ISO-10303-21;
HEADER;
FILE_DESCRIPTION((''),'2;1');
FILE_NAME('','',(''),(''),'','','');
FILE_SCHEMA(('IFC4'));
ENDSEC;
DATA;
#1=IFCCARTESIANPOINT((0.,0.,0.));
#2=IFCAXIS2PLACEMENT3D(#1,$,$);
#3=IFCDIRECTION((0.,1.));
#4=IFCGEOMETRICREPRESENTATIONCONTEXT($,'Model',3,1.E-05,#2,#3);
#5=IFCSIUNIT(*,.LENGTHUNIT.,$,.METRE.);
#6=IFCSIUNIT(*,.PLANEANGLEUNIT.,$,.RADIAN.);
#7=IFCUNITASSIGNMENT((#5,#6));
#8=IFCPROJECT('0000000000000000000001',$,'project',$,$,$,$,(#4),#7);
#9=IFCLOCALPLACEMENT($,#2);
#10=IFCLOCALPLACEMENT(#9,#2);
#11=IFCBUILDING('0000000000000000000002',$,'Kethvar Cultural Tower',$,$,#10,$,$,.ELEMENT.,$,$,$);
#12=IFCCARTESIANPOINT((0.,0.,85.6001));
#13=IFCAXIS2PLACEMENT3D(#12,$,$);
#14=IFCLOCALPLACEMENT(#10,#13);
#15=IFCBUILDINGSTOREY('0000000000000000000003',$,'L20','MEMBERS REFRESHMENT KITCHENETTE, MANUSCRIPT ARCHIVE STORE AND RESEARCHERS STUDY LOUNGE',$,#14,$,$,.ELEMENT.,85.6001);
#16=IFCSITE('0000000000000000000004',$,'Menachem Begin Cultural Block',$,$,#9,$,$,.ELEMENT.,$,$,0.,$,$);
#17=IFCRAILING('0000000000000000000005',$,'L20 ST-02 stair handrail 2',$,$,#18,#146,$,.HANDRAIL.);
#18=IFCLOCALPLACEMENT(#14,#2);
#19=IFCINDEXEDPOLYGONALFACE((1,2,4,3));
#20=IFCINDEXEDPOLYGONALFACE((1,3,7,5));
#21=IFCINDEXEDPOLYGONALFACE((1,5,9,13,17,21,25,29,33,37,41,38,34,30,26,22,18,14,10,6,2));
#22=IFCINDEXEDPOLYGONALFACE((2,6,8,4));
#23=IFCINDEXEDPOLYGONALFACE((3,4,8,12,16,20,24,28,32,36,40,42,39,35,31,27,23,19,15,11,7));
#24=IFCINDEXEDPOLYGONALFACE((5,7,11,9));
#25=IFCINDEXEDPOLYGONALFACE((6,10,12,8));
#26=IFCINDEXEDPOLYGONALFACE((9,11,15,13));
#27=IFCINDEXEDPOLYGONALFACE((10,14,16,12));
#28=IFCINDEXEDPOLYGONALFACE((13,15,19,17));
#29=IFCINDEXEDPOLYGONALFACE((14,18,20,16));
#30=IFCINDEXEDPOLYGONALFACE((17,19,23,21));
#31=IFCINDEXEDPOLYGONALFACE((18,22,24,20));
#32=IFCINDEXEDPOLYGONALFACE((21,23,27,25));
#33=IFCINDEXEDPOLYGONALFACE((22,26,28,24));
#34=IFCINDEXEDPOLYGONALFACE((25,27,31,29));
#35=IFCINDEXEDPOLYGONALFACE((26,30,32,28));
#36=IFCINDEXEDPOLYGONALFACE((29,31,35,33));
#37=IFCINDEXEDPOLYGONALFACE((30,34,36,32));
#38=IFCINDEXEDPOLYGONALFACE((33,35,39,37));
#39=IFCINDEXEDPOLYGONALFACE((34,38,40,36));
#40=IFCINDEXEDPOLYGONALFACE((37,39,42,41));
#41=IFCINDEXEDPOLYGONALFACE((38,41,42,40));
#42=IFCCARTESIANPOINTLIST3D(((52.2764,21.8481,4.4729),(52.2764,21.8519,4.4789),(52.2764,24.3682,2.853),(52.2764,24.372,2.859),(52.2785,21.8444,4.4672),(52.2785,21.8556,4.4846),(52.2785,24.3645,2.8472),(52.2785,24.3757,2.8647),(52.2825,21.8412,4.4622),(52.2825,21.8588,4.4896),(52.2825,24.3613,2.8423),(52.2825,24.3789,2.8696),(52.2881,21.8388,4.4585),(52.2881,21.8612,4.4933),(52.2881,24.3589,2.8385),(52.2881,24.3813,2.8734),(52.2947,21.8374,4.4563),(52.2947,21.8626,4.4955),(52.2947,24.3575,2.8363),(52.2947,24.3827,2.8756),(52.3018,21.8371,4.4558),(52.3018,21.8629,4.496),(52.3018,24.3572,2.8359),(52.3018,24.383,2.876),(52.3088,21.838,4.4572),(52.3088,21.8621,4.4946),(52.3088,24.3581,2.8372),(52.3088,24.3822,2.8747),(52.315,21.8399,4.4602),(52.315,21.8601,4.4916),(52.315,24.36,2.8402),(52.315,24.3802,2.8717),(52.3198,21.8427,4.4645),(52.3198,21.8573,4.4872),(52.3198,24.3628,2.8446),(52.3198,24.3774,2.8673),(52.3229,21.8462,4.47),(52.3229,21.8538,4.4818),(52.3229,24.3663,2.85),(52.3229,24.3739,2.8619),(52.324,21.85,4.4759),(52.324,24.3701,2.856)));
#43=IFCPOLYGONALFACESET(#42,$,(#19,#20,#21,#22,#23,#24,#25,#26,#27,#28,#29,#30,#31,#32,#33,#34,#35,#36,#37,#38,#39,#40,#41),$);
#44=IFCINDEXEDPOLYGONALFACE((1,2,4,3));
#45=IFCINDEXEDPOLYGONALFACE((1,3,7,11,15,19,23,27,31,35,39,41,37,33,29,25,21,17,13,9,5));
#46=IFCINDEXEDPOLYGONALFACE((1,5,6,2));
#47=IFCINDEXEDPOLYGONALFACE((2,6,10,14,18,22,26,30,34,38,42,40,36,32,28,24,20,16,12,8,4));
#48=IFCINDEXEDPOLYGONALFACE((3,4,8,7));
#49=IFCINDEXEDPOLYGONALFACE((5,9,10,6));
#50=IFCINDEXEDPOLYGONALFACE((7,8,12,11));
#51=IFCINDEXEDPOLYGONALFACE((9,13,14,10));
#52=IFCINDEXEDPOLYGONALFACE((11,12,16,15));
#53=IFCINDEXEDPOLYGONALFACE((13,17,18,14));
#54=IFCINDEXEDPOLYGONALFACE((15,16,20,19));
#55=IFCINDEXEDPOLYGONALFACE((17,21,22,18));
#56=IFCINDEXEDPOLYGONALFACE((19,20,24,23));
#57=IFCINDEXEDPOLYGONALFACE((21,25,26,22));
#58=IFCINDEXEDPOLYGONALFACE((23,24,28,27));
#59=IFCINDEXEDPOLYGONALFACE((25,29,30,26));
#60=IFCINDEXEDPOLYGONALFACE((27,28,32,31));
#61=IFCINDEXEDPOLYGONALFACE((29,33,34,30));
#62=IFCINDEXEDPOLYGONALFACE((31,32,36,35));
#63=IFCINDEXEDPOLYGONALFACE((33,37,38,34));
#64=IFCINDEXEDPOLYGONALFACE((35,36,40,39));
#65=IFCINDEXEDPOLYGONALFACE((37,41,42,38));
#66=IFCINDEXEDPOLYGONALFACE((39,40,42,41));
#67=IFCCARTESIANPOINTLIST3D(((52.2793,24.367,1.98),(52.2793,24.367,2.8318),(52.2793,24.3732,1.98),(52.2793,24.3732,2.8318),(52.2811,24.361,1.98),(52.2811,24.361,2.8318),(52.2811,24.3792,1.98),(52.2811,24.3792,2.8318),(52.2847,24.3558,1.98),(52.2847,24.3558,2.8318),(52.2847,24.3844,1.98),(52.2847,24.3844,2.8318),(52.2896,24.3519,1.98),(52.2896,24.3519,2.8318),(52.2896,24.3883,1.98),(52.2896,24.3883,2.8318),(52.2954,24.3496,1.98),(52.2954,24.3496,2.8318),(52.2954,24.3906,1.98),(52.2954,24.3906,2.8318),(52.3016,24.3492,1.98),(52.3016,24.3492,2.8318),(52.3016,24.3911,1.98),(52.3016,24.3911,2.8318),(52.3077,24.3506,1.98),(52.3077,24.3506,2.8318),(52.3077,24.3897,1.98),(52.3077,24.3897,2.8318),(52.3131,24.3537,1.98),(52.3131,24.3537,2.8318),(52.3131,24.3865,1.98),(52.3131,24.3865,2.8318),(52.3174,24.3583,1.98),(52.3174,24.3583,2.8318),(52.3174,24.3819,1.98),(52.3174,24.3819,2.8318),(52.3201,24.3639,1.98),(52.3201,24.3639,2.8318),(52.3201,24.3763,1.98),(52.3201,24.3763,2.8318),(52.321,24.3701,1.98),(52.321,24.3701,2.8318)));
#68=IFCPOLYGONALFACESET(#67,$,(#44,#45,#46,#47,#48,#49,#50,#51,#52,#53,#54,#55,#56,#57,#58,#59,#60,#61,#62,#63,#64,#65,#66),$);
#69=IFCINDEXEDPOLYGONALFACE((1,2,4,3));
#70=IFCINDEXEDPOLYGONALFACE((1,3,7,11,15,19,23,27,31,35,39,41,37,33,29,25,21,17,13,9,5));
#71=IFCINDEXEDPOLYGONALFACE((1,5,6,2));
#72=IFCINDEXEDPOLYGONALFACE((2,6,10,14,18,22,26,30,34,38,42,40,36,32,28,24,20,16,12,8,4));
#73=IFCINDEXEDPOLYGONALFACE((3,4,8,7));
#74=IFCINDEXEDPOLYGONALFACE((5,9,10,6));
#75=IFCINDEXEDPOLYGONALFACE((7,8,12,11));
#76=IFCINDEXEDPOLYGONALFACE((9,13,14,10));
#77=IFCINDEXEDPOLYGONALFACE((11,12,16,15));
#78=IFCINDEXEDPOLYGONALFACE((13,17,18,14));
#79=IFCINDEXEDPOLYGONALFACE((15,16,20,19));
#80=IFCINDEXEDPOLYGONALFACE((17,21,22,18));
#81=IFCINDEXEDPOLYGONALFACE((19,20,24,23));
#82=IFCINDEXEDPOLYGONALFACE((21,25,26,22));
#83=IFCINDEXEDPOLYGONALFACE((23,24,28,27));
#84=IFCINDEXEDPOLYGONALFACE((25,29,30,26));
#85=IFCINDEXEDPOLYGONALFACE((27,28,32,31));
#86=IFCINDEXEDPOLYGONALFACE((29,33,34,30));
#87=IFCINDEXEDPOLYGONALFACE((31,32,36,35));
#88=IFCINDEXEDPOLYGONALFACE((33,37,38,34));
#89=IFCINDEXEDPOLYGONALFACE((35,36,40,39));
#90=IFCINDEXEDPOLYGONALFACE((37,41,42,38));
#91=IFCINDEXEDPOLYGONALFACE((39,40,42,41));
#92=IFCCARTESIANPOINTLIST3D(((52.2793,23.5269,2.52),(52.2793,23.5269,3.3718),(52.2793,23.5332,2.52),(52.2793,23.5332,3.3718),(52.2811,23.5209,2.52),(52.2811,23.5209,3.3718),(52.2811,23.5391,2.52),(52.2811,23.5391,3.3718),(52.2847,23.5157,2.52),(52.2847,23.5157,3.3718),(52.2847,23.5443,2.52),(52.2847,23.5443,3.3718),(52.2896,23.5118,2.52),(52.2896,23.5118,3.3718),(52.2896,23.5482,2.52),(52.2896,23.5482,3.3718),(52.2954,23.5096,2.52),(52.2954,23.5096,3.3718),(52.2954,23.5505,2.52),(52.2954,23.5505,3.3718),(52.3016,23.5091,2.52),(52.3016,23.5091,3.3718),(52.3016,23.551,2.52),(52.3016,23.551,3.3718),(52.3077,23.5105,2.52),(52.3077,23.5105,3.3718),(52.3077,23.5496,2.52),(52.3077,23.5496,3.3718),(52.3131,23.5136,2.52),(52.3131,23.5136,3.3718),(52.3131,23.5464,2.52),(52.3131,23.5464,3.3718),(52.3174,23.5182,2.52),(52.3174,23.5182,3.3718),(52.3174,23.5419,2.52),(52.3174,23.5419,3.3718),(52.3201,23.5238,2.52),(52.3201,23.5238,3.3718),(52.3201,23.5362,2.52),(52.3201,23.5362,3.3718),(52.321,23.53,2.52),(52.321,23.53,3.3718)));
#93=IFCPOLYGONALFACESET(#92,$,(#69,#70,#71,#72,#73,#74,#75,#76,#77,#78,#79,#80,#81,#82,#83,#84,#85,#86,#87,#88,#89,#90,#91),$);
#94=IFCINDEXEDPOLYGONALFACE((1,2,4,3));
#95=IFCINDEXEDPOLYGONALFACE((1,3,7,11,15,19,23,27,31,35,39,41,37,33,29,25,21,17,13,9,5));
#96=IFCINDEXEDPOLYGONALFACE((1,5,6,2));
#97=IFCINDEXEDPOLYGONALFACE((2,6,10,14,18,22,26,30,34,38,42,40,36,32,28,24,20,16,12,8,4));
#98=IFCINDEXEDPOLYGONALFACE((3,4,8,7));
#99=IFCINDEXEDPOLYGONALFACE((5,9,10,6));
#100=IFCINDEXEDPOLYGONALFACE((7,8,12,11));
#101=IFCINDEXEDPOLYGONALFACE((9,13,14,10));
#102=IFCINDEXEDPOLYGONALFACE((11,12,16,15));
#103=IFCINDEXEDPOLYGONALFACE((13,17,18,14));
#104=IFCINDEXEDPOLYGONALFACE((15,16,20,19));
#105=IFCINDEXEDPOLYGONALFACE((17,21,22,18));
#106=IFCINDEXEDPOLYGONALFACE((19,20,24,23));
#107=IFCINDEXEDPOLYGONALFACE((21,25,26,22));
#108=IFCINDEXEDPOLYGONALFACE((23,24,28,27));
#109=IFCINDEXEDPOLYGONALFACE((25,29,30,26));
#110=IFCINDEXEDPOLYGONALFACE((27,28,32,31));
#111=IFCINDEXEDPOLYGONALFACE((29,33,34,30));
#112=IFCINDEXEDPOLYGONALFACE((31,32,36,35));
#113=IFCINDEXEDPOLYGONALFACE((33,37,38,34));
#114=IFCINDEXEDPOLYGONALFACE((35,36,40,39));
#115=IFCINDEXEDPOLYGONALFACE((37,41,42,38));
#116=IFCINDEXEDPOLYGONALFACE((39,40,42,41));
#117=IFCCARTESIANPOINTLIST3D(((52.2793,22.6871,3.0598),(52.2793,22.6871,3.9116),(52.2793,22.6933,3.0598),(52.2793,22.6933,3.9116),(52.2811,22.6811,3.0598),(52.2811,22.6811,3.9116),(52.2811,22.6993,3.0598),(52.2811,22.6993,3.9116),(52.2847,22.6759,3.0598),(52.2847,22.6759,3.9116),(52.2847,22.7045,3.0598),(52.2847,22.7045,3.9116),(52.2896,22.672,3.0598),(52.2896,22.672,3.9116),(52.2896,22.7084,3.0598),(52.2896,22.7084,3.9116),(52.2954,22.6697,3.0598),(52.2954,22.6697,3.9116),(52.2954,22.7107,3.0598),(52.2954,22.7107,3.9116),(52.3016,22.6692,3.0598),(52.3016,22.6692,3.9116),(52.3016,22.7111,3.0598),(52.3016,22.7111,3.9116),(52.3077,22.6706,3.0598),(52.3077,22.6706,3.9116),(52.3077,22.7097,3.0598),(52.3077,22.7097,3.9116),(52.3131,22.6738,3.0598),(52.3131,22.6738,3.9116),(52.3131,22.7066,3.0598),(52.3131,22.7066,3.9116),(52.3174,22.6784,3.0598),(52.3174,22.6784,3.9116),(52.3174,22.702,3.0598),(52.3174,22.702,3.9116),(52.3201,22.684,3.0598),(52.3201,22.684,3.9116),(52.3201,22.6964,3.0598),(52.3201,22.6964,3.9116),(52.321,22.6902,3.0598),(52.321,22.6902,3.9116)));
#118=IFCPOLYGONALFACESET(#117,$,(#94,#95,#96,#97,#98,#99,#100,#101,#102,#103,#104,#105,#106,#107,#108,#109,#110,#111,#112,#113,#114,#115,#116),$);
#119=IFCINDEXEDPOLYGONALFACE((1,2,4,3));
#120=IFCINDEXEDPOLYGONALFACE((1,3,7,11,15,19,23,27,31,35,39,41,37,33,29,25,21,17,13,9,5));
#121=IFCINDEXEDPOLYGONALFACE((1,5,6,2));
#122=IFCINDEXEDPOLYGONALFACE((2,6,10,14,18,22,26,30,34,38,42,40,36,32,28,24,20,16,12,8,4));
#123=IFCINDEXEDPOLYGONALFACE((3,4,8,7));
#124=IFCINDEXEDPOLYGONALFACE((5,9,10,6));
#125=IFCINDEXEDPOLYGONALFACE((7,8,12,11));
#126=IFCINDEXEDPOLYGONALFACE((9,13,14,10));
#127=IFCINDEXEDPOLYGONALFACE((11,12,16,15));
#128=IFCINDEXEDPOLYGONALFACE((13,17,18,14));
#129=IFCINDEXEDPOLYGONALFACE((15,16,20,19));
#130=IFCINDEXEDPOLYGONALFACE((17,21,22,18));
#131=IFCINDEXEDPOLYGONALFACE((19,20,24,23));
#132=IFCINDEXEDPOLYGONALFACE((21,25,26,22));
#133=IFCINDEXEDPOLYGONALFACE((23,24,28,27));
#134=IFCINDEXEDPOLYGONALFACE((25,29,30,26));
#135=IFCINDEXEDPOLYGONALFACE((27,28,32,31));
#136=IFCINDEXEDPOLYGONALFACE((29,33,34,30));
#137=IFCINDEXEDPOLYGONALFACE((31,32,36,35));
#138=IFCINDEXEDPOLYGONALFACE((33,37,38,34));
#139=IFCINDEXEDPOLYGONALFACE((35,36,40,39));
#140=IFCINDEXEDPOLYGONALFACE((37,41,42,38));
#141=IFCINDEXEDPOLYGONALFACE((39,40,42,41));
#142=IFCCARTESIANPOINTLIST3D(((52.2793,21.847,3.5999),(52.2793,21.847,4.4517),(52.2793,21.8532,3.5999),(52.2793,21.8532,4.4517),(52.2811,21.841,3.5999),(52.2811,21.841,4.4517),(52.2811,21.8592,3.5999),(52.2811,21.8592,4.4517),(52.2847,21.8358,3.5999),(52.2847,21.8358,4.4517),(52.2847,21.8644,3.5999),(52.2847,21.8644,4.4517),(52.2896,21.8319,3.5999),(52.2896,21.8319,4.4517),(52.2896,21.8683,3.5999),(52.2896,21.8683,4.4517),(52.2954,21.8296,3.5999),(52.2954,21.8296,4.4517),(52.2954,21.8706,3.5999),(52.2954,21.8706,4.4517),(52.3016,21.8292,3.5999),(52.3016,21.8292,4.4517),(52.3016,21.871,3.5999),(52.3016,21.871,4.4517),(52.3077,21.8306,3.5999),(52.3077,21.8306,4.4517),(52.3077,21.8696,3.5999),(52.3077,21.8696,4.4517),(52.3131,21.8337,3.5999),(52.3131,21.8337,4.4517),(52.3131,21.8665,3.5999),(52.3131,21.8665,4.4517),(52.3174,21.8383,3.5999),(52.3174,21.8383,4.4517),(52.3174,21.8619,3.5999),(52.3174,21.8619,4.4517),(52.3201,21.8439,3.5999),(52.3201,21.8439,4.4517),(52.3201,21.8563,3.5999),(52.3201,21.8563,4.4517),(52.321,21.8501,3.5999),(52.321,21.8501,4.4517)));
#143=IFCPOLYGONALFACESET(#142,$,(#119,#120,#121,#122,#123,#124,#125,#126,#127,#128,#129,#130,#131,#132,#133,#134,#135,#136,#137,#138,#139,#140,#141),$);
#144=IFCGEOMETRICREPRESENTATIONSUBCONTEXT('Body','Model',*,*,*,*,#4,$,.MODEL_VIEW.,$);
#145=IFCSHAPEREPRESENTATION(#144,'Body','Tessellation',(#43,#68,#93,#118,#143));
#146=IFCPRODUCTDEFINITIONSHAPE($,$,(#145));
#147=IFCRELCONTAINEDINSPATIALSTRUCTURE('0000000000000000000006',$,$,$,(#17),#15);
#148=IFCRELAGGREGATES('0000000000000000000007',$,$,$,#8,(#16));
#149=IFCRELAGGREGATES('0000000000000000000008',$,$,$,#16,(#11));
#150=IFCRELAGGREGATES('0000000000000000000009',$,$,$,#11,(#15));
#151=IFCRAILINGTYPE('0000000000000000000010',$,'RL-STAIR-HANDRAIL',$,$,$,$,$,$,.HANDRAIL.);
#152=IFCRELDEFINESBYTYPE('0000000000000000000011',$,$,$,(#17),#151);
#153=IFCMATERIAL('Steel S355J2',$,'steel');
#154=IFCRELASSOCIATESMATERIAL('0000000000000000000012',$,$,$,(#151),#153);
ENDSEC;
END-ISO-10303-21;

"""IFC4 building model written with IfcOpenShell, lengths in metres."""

from ifc_helpers import new_model, si_unit, direction, frame, origin, origin_2d, place, context, subcontext, project, spatial, circle, extrude, material, type_object, element, save


model = new_model("IFC4")

# Units and contexts
model_context = context("Model", 3, precision=1e-05, world=origin(), true_north=direction((0.0, 1.0)))
body_context = subcontext(model_context, "Body", "Model", "MODEL_VIEW")
ifc_project = project(units=[si_unit("LENGTHUNIT", "METRE"), si_unit("PLANEANGLEUNIT", "RADIAN")], contexts=[model_context])

# Site, building, storey
site_placement = place(None, origin())
site = spatial("IfcSite", under=ifc_project, at=site_placement, Name="Menachem Begin Cultural Block", CompositionType="ELEMENT", RefElevation=0.0)
building_placement = place(site_placement, origin())
building = spatial("IfcBuilding", under=site, at=building_placement, Name="Kethvar Cultural Tower", CompositionType="ELEMENT")
storey_placement = place(building_placement, frame((0.0, 0.0, 85.6001)))
storey = spatial("IfcBuildingStorey", under=building, at=storey_placement, Name="L20", Description="MEMBERS REFRESHMENT KITCHENETTE, MANUSCRIPT ARCHIVE STORE AND RESEARCHERS STUDY LOUNGE", CompositionType="ELEMENT", Elevation=85.6001)

# Shared definitions
ifc_material_1 = material(Name="Steel S355J2", Category="steel")

# Railing
railing_type_1 = type_object("IfcRailingType", Name="RL-STAIR-HANDRAIL", PredefinedType="HANDRAIL", material=ifc_material_1)
railing_1_placement = place(storey_placement, frame((52.3, 24.3701, 1.98)))
element("IfcRailing", 1, at=railing_1_placement, inside=storey, type_object=railing_type_1, Name="L20 ST-02 stair handrail 2", PredefinedType="HANDRAIL", context=body_context, shape_type="SweptSolid", body=[
    extrude(circle(Radius=0.0239, at=origin_2d()), frame((0.0, 0.0, 0.876), z_axis=(0.0, -0.8412, 0.540725), x_axis=(1.0, 0.0, 0.0)), (0.0, 0.0, 1.0), 2.9958),
    extrude(circle(Radius=0.021, at=origin_2d()), origin(), (0.0, 0.0, 1.0), 0.8518),
    extrude(circle(Radius=0.021, at=origin_2d()), frame((0.0, -0.8401, 0.54)), (0.0, 0.0, 1.0), 0.8518),
    extrude(circle(Radius=0.021, at=origin_2d()), frame((0.0, -1.6799, 1.0798)), (0.0, 0.0, 1.0), 0.8518),
    extrude(circle(Radius=0.021, at=origin_2d()), frame((0.0, -2.52, 1.6199)), (0.0, 0.0, 1.0), 0.8518),
])

save(model, "model.ifc")
